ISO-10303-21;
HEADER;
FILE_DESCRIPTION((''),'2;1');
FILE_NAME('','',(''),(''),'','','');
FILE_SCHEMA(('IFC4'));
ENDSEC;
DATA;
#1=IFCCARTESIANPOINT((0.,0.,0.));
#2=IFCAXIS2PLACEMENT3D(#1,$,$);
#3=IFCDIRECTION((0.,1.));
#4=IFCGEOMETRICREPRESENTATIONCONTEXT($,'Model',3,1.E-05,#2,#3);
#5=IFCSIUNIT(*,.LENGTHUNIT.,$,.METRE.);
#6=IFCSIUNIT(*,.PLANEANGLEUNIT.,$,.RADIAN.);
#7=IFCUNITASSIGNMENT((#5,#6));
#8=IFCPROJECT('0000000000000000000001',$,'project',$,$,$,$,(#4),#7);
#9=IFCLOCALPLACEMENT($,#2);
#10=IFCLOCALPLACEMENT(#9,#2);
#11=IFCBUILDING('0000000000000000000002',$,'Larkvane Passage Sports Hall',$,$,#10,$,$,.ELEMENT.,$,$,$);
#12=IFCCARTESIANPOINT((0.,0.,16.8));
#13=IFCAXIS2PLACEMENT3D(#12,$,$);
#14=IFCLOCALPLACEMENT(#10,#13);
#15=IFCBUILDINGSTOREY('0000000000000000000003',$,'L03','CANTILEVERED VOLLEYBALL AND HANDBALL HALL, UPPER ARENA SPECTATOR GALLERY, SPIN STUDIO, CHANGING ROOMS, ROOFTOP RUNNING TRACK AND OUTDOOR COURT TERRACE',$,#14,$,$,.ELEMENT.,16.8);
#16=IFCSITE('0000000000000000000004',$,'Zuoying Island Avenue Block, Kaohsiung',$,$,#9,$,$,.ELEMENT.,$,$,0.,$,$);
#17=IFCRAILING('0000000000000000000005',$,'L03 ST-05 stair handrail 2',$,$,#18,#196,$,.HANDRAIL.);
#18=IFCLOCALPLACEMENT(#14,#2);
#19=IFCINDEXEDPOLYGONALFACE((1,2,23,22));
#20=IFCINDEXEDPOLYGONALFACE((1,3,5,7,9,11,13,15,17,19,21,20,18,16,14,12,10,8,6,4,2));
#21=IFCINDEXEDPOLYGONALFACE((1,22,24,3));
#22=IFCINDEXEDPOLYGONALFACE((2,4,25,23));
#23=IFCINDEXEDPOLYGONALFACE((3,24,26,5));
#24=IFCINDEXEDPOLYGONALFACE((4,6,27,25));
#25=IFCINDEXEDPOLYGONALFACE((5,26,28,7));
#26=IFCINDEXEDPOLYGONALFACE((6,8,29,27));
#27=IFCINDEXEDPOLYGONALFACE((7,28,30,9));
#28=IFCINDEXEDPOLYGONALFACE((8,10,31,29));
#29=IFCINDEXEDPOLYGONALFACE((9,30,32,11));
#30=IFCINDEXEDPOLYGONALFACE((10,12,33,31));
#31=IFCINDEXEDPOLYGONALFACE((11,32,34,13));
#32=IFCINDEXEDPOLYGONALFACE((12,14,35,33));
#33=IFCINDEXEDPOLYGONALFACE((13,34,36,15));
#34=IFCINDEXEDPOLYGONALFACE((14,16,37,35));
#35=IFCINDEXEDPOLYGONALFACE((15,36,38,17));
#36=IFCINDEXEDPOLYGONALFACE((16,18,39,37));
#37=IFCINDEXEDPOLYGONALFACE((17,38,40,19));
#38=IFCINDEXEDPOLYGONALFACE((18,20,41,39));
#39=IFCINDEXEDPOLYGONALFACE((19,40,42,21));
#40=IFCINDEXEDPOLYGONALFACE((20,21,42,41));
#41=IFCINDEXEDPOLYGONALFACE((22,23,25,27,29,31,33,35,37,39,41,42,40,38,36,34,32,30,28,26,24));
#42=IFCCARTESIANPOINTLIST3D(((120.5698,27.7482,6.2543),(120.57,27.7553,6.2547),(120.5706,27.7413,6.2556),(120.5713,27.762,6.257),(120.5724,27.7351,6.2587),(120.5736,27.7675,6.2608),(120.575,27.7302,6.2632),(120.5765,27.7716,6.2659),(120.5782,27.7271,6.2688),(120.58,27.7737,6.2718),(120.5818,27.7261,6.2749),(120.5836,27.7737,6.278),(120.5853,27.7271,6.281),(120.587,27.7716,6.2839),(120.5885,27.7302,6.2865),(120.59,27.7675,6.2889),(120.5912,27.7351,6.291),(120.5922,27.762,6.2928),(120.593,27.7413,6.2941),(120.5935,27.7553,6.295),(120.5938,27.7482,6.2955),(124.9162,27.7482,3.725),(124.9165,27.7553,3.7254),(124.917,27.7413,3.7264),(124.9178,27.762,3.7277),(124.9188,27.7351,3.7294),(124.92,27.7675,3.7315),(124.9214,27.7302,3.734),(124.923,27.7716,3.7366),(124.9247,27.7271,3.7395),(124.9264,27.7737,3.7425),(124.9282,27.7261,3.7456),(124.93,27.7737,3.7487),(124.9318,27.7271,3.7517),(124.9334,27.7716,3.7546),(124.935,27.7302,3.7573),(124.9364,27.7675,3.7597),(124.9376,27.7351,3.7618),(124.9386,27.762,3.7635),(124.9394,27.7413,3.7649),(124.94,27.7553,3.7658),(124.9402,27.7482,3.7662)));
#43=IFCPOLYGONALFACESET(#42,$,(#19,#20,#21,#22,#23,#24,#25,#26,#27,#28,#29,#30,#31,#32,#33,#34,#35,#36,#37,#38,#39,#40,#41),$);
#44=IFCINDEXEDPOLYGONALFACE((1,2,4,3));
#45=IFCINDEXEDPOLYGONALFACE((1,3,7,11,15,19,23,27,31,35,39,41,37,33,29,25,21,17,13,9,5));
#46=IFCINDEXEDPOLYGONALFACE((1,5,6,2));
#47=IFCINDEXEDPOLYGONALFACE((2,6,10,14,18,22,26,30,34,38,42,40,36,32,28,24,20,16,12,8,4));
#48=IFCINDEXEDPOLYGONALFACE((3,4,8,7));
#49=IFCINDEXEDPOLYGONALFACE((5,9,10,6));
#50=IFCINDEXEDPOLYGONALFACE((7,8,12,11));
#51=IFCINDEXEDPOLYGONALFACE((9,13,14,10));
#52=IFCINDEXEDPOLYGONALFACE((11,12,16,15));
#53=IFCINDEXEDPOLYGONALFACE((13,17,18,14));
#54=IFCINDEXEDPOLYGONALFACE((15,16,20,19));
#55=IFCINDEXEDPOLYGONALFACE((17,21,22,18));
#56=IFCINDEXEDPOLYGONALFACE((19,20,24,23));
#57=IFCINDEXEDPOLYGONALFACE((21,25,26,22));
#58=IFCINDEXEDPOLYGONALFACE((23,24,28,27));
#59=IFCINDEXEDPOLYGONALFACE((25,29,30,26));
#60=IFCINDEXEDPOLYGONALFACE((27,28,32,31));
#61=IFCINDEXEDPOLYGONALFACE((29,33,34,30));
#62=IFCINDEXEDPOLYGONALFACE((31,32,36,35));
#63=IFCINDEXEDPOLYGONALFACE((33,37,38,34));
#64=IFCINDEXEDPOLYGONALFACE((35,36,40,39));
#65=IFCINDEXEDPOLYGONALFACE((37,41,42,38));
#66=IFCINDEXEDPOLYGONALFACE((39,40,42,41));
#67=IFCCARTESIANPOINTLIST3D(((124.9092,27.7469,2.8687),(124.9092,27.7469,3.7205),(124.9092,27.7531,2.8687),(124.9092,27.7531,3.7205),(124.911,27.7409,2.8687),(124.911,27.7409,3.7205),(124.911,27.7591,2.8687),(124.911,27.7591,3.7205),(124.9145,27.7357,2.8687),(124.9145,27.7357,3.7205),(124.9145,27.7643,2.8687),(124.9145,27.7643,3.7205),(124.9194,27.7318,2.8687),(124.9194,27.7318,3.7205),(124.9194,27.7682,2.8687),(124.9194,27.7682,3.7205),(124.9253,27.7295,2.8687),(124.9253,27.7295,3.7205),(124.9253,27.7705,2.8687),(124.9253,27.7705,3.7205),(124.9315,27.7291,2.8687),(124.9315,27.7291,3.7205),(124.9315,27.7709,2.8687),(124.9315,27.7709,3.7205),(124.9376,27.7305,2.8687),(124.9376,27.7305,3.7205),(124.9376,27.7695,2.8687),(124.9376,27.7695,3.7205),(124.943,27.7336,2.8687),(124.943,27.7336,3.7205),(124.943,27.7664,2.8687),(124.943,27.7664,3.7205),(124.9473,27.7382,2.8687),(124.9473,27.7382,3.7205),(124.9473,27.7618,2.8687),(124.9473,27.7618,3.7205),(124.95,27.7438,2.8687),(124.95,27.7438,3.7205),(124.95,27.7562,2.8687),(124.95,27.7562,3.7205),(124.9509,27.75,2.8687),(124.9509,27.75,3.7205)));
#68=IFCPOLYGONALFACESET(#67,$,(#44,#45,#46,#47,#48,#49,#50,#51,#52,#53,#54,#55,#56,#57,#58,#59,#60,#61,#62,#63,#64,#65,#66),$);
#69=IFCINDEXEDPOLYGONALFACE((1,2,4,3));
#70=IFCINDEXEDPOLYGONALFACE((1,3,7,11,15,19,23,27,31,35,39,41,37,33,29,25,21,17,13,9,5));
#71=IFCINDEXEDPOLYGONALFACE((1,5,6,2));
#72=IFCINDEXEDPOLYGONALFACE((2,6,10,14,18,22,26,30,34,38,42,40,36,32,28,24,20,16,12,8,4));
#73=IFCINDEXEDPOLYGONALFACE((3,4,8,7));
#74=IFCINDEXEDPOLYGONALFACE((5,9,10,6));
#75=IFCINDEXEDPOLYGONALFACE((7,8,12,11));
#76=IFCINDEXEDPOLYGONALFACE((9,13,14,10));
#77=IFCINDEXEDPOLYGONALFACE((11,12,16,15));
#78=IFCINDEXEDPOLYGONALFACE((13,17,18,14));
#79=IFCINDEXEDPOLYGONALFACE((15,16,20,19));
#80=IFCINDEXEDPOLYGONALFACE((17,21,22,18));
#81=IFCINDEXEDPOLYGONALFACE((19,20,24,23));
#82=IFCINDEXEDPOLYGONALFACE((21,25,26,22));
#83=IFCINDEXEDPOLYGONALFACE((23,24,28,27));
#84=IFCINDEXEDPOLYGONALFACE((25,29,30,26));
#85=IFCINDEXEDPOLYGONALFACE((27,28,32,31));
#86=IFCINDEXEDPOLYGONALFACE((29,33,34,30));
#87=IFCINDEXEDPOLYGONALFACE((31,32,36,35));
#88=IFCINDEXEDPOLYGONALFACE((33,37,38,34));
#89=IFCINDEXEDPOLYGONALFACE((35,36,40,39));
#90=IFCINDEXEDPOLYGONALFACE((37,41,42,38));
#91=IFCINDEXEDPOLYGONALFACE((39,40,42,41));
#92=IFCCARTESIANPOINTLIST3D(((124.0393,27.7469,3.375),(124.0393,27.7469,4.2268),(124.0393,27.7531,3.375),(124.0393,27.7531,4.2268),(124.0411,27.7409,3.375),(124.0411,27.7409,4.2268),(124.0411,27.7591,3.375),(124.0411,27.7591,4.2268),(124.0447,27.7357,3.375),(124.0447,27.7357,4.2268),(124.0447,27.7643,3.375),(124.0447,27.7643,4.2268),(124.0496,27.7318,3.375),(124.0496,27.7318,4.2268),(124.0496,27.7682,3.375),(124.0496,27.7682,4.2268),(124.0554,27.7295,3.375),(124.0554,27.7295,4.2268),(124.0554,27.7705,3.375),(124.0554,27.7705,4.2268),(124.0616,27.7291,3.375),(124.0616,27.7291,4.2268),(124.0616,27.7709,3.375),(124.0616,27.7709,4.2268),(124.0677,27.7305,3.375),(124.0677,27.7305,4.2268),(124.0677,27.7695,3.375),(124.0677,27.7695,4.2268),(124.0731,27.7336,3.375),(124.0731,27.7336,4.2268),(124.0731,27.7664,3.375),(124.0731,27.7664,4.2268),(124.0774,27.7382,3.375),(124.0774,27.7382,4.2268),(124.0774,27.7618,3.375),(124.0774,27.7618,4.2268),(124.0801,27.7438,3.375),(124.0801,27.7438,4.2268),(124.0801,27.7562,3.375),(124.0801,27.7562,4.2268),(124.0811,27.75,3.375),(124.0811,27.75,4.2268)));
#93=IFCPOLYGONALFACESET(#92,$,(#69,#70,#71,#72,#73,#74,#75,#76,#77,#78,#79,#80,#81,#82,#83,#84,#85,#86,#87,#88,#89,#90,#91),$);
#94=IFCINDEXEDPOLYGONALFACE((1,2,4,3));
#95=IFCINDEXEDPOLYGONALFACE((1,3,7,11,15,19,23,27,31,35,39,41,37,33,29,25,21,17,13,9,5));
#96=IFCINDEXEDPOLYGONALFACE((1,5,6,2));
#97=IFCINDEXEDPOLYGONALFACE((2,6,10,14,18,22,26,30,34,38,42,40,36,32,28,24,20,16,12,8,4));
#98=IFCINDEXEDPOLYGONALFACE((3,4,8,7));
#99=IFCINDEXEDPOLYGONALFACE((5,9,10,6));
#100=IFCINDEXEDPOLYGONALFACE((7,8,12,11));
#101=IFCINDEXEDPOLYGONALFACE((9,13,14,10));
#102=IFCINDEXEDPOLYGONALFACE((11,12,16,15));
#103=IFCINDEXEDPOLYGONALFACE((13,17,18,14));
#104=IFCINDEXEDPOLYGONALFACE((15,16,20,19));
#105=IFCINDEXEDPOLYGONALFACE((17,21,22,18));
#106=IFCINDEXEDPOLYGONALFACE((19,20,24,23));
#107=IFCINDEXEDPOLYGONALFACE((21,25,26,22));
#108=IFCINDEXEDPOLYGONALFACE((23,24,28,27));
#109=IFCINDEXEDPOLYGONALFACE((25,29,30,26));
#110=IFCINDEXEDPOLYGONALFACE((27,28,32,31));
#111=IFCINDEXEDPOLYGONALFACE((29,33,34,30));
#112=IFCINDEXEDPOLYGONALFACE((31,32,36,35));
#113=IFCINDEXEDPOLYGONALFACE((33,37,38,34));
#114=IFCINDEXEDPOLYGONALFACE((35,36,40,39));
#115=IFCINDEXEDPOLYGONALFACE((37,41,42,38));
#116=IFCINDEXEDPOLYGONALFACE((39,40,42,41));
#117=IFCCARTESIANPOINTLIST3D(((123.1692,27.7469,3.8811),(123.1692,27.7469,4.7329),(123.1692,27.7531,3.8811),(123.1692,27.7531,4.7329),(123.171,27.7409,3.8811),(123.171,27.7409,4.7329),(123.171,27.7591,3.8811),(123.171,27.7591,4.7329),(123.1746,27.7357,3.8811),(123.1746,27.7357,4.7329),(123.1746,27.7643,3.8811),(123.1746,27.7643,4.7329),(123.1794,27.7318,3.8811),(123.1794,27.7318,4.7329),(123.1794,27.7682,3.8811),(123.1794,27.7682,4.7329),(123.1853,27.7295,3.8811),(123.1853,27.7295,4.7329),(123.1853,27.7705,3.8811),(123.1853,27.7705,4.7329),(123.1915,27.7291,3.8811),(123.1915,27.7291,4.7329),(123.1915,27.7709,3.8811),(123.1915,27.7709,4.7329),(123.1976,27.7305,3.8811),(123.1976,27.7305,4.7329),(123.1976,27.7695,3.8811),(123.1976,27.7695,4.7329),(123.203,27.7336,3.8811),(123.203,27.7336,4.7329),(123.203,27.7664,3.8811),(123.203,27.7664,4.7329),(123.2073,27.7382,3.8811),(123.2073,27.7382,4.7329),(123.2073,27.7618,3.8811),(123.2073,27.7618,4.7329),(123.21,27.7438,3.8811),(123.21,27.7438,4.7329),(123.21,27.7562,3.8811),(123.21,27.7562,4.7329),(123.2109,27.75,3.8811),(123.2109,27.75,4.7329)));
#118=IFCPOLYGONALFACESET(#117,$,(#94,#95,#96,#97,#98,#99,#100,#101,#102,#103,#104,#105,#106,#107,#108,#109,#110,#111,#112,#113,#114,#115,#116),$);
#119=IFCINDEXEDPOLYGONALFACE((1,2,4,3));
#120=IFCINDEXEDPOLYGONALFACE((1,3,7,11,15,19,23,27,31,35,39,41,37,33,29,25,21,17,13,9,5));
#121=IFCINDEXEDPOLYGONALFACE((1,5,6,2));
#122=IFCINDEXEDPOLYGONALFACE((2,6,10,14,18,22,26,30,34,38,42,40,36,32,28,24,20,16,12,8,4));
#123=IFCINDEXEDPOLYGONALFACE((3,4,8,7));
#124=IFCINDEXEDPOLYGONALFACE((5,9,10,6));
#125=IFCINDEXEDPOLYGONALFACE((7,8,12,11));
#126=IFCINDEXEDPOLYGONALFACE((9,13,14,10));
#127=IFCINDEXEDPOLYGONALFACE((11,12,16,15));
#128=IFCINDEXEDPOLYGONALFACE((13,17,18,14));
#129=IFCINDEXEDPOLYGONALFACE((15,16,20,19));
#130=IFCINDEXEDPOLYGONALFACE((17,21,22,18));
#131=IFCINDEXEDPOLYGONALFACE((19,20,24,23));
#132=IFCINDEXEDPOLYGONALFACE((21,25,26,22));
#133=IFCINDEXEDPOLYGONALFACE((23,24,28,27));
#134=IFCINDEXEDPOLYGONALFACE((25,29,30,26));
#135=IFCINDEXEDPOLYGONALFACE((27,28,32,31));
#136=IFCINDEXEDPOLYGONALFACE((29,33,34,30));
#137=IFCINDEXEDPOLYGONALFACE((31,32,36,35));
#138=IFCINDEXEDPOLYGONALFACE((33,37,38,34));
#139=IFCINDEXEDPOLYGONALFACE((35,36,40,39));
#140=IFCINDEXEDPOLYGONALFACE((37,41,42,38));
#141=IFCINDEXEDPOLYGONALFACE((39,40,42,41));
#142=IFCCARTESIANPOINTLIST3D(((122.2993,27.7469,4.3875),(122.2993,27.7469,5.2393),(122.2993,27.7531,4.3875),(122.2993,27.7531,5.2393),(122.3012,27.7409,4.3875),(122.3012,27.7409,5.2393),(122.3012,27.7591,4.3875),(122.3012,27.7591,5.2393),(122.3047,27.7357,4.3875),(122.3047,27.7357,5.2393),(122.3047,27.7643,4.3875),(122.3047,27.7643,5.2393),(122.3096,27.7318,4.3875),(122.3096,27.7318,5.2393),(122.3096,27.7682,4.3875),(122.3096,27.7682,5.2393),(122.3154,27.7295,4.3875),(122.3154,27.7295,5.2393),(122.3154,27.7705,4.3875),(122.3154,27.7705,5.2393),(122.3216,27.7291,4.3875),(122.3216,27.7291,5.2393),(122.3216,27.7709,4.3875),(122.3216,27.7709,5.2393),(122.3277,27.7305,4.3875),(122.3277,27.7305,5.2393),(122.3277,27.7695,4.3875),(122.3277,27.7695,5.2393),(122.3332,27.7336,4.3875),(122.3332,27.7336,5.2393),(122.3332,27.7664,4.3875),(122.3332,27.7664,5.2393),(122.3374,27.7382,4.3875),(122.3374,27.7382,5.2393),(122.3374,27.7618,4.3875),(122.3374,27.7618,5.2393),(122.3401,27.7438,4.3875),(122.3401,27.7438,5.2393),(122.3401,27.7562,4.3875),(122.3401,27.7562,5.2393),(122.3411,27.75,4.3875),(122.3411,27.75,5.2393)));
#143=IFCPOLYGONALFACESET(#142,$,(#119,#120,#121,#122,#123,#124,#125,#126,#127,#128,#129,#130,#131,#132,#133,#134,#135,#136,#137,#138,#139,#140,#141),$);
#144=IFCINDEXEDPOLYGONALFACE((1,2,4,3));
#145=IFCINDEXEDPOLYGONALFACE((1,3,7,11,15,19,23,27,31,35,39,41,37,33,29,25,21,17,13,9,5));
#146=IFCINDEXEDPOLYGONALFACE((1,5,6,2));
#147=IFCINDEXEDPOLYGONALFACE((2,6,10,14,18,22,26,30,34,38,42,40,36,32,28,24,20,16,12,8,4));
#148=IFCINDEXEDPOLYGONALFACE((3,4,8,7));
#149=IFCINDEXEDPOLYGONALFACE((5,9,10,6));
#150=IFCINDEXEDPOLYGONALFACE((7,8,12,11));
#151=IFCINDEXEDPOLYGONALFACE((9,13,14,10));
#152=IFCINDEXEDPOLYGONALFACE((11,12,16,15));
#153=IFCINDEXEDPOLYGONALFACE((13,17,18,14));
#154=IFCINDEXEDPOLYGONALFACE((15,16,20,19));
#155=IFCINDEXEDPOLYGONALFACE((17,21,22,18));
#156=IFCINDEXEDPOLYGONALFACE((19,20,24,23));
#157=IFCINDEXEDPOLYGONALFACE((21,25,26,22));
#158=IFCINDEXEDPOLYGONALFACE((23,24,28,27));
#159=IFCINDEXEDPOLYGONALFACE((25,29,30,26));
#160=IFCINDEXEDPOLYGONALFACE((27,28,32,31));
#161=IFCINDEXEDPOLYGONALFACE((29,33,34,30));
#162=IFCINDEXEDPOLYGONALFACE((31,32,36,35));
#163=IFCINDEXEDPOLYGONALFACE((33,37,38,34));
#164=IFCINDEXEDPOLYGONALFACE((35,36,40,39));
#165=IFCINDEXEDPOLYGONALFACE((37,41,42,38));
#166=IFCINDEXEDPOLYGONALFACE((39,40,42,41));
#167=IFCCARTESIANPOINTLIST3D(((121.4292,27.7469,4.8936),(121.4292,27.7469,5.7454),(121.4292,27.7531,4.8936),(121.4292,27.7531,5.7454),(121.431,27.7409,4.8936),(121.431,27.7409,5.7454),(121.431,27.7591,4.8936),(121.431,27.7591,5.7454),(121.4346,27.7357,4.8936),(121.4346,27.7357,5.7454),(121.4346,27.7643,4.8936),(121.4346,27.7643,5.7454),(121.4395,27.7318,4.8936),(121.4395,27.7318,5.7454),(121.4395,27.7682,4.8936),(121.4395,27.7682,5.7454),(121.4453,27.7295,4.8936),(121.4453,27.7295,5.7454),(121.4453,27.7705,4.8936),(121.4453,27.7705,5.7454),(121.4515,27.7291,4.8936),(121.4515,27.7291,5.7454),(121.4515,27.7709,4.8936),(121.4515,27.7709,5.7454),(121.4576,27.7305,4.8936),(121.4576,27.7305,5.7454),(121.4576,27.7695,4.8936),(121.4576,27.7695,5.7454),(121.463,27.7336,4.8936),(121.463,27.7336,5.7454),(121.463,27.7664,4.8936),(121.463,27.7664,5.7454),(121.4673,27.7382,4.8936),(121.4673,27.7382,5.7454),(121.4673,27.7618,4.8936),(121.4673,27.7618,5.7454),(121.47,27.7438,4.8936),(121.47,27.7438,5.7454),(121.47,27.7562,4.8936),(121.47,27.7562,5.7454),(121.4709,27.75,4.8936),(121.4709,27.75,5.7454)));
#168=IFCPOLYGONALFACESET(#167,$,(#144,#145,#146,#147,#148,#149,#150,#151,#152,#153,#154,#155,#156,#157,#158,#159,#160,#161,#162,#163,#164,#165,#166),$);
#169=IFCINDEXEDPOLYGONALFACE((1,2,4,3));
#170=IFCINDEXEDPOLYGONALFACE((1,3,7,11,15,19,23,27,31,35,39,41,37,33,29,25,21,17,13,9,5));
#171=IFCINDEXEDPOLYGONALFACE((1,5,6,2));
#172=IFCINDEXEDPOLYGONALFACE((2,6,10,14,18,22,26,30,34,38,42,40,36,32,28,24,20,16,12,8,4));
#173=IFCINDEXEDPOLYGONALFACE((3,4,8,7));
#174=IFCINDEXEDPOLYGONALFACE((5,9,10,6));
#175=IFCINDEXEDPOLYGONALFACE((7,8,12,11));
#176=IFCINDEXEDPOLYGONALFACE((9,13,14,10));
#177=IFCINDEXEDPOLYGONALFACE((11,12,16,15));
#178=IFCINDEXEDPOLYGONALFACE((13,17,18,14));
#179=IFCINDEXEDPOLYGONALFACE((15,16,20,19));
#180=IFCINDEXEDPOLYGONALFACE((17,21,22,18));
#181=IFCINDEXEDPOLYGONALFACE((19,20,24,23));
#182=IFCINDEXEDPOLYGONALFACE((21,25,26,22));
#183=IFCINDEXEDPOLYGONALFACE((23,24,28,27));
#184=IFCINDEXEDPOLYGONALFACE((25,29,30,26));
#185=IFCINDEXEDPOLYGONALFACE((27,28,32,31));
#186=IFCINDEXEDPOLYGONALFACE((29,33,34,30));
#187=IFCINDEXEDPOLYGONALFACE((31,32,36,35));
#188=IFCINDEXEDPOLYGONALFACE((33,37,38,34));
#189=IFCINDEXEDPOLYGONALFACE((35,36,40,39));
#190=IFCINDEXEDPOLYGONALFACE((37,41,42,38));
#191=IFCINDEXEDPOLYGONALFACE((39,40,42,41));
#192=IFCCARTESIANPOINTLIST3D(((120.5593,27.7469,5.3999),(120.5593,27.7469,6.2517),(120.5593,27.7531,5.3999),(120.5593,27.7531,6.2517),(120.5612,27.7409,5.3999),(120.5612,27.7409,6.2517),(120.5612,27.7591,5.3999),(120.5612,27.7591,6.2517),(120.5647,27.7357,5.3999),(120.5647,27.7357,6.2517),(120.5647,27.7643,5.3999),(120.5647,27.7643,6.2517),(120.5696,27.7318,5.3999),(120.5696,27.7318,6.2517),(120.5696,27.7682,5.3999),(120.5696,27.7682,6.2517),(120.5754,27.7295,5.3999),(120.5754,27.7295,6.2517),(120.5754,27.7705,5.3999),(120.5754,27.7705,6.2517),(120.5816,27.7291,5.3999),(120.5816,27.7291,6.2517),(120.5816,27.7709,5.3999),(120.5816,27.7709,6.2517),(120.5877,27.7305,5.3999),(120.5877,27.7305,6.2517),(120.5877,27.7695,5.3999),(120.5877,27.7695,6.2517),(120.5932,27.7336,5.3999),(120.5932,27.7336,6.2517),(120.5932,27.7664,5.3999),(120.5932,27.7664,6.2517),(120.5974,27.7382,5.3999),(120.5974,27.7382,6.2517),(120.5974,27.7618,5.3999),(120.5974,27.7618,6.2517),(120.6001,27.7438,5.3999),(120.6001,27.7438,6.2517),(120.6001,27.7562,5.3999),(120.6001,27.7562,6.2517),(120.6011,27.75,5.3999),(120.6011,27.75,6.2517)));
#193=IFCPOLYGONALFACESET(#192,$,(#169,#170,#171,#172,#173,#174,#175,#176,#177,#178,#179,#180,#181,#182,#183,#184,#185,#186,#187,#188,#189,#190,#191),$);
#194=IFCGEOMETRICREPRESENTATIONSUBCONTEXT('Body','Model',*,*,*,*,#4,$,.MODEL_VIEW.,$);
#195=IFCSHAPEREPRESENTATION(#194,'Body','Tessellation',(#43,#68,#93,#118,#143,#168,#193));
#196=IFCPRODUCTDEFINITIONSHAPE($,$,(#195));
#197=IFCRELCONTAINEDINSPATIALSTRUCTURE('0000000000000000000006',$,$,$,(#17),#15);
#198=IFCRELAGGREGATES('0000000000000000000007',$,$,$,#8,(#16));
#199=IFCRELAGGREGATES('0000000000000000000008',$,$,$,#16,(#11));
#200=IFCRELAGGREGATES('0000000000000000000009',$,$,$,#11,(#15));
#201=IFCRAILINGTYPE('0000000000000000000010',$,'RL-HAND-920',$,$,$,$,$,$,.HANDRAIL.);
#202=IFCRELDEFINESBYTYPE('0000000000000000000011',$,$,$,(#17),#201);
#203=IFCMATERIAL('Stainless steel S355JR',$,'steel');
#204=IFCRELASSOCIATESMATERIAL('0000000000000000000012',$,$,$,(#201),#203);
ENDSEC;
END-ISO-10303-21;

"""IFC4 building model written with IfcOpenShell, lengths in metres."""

from ifc_helpers import new_model, si_unit, direction, frame, origin, origin_2d, place, context, subcontext, project, spatial, circle, extrude, material, type_object, element, save


model = new_model("IFC4")

# Units and contexts
model_context = context("Model", 3, precision=1e-05, world=origin(), true_north=direction((0.0, 1.0)))
body_context = subcontext(model_context, "Body", "Model", "MODEL_VIEW")
ifc_project = project(units=[si_unit("LENGTHUNIT", "METRE"), si_unit("PLANEANGLEUNIT", "RADIAN")], contexts=[model_context])

# Site, building, storey
site_placement = place(None, origin())
site = spatial("IfcSite", under=ifc_project, at=site_placement, Name="Zuoying Island Avenue Block, Kaohsiung", CompositionType="ELEMENT", RefElevation=0.0)
building_placement = place(site_placement, origin())
building = spatial("IfcBuilding", under=site, at=building_placement, Name="Larkvane Passage Sports Hall", CompositionType="ELEMENT")
storey_placement = place(building_placement, frame((0.0, 0.0, 16.8)))
storey = spatial("IfcBuildingStorey", under=building, at=storey_placement, Name="L03", Description="CANTILEVERED VOLLEYBALL AND HANDBALL HALL, UPPER ARENA SPECTATOR GALLERY, SPIN STUDIO, CHANGING ROOMS, ROOFTOP RUNNING TRACK AND OUTDOOR COURT TERRACE", CompositionType="ELEMENT", Elevation=16.8)

# Railing
ifc_material_1 = material(Name="Stainless steel S355JR", Category="steel")
railing_type_1 = type_object("IfcRailingType", Name="RL-HAND-920", PredefinedType="HANDRAIL", material=ifc_material_1)
railing_1_placement = place(storey_placement, frame((124.9299, 27.75, 2.8687)))
element("IfcRailing", 1, at=railing_1_placement, inside=storey, type_object=railing_type_1, Name="L03 ST-05 stair handrail 2", PredefinedType="HANDRAIL", context=body_context, shape_type="SweptSolid", body=[
    extrude(circle(Radius=0.0239, at=origin_2d()), frame((-0.0017, 0.0, 0.877), z_axis=(-0.864312, 0.0, 0.502957), x_axis=(0.0, -1.0, 0.0)), (0.0, 0.0, 1.0), 5.0288),
    extrude(circle(Radius=0.021, at=origin_2d()), origin(), (0.0, 0.0, 1.0), 0.8518),
    extrude(circle(Radius=0.021, at=origin_2d()), frame((-0.8699, 0.0, 0.5063)), (0.0, 0.0, 1.0), 0.8518),
    extrude(circle(Radius=0.021, at=origin_2d()), frame((-1.74, 0.0, 1.0125)), (0.0, 0.0, 1.0), 0.8518),
    extrude(circle(Radius=0.021, at=origin_2d()), frame((-2.6099, 0.0, 1.5188)), (0.0, 0.0, 1.0), 0.8518),
    extrude(circle(Radius=0.021, at=origin_2d()), frame((-3.48, 0.0, 2.0249)), (0.0, 0.0, 1.0), 0.8518),
    extrude(circle(Radius=0.021, at=origin_2d()), frame((-4.3499, 0.0, 2.5312)), (0.0, 0.0, 1.0), 0.8518),
])

save(model, "model.ifc")
